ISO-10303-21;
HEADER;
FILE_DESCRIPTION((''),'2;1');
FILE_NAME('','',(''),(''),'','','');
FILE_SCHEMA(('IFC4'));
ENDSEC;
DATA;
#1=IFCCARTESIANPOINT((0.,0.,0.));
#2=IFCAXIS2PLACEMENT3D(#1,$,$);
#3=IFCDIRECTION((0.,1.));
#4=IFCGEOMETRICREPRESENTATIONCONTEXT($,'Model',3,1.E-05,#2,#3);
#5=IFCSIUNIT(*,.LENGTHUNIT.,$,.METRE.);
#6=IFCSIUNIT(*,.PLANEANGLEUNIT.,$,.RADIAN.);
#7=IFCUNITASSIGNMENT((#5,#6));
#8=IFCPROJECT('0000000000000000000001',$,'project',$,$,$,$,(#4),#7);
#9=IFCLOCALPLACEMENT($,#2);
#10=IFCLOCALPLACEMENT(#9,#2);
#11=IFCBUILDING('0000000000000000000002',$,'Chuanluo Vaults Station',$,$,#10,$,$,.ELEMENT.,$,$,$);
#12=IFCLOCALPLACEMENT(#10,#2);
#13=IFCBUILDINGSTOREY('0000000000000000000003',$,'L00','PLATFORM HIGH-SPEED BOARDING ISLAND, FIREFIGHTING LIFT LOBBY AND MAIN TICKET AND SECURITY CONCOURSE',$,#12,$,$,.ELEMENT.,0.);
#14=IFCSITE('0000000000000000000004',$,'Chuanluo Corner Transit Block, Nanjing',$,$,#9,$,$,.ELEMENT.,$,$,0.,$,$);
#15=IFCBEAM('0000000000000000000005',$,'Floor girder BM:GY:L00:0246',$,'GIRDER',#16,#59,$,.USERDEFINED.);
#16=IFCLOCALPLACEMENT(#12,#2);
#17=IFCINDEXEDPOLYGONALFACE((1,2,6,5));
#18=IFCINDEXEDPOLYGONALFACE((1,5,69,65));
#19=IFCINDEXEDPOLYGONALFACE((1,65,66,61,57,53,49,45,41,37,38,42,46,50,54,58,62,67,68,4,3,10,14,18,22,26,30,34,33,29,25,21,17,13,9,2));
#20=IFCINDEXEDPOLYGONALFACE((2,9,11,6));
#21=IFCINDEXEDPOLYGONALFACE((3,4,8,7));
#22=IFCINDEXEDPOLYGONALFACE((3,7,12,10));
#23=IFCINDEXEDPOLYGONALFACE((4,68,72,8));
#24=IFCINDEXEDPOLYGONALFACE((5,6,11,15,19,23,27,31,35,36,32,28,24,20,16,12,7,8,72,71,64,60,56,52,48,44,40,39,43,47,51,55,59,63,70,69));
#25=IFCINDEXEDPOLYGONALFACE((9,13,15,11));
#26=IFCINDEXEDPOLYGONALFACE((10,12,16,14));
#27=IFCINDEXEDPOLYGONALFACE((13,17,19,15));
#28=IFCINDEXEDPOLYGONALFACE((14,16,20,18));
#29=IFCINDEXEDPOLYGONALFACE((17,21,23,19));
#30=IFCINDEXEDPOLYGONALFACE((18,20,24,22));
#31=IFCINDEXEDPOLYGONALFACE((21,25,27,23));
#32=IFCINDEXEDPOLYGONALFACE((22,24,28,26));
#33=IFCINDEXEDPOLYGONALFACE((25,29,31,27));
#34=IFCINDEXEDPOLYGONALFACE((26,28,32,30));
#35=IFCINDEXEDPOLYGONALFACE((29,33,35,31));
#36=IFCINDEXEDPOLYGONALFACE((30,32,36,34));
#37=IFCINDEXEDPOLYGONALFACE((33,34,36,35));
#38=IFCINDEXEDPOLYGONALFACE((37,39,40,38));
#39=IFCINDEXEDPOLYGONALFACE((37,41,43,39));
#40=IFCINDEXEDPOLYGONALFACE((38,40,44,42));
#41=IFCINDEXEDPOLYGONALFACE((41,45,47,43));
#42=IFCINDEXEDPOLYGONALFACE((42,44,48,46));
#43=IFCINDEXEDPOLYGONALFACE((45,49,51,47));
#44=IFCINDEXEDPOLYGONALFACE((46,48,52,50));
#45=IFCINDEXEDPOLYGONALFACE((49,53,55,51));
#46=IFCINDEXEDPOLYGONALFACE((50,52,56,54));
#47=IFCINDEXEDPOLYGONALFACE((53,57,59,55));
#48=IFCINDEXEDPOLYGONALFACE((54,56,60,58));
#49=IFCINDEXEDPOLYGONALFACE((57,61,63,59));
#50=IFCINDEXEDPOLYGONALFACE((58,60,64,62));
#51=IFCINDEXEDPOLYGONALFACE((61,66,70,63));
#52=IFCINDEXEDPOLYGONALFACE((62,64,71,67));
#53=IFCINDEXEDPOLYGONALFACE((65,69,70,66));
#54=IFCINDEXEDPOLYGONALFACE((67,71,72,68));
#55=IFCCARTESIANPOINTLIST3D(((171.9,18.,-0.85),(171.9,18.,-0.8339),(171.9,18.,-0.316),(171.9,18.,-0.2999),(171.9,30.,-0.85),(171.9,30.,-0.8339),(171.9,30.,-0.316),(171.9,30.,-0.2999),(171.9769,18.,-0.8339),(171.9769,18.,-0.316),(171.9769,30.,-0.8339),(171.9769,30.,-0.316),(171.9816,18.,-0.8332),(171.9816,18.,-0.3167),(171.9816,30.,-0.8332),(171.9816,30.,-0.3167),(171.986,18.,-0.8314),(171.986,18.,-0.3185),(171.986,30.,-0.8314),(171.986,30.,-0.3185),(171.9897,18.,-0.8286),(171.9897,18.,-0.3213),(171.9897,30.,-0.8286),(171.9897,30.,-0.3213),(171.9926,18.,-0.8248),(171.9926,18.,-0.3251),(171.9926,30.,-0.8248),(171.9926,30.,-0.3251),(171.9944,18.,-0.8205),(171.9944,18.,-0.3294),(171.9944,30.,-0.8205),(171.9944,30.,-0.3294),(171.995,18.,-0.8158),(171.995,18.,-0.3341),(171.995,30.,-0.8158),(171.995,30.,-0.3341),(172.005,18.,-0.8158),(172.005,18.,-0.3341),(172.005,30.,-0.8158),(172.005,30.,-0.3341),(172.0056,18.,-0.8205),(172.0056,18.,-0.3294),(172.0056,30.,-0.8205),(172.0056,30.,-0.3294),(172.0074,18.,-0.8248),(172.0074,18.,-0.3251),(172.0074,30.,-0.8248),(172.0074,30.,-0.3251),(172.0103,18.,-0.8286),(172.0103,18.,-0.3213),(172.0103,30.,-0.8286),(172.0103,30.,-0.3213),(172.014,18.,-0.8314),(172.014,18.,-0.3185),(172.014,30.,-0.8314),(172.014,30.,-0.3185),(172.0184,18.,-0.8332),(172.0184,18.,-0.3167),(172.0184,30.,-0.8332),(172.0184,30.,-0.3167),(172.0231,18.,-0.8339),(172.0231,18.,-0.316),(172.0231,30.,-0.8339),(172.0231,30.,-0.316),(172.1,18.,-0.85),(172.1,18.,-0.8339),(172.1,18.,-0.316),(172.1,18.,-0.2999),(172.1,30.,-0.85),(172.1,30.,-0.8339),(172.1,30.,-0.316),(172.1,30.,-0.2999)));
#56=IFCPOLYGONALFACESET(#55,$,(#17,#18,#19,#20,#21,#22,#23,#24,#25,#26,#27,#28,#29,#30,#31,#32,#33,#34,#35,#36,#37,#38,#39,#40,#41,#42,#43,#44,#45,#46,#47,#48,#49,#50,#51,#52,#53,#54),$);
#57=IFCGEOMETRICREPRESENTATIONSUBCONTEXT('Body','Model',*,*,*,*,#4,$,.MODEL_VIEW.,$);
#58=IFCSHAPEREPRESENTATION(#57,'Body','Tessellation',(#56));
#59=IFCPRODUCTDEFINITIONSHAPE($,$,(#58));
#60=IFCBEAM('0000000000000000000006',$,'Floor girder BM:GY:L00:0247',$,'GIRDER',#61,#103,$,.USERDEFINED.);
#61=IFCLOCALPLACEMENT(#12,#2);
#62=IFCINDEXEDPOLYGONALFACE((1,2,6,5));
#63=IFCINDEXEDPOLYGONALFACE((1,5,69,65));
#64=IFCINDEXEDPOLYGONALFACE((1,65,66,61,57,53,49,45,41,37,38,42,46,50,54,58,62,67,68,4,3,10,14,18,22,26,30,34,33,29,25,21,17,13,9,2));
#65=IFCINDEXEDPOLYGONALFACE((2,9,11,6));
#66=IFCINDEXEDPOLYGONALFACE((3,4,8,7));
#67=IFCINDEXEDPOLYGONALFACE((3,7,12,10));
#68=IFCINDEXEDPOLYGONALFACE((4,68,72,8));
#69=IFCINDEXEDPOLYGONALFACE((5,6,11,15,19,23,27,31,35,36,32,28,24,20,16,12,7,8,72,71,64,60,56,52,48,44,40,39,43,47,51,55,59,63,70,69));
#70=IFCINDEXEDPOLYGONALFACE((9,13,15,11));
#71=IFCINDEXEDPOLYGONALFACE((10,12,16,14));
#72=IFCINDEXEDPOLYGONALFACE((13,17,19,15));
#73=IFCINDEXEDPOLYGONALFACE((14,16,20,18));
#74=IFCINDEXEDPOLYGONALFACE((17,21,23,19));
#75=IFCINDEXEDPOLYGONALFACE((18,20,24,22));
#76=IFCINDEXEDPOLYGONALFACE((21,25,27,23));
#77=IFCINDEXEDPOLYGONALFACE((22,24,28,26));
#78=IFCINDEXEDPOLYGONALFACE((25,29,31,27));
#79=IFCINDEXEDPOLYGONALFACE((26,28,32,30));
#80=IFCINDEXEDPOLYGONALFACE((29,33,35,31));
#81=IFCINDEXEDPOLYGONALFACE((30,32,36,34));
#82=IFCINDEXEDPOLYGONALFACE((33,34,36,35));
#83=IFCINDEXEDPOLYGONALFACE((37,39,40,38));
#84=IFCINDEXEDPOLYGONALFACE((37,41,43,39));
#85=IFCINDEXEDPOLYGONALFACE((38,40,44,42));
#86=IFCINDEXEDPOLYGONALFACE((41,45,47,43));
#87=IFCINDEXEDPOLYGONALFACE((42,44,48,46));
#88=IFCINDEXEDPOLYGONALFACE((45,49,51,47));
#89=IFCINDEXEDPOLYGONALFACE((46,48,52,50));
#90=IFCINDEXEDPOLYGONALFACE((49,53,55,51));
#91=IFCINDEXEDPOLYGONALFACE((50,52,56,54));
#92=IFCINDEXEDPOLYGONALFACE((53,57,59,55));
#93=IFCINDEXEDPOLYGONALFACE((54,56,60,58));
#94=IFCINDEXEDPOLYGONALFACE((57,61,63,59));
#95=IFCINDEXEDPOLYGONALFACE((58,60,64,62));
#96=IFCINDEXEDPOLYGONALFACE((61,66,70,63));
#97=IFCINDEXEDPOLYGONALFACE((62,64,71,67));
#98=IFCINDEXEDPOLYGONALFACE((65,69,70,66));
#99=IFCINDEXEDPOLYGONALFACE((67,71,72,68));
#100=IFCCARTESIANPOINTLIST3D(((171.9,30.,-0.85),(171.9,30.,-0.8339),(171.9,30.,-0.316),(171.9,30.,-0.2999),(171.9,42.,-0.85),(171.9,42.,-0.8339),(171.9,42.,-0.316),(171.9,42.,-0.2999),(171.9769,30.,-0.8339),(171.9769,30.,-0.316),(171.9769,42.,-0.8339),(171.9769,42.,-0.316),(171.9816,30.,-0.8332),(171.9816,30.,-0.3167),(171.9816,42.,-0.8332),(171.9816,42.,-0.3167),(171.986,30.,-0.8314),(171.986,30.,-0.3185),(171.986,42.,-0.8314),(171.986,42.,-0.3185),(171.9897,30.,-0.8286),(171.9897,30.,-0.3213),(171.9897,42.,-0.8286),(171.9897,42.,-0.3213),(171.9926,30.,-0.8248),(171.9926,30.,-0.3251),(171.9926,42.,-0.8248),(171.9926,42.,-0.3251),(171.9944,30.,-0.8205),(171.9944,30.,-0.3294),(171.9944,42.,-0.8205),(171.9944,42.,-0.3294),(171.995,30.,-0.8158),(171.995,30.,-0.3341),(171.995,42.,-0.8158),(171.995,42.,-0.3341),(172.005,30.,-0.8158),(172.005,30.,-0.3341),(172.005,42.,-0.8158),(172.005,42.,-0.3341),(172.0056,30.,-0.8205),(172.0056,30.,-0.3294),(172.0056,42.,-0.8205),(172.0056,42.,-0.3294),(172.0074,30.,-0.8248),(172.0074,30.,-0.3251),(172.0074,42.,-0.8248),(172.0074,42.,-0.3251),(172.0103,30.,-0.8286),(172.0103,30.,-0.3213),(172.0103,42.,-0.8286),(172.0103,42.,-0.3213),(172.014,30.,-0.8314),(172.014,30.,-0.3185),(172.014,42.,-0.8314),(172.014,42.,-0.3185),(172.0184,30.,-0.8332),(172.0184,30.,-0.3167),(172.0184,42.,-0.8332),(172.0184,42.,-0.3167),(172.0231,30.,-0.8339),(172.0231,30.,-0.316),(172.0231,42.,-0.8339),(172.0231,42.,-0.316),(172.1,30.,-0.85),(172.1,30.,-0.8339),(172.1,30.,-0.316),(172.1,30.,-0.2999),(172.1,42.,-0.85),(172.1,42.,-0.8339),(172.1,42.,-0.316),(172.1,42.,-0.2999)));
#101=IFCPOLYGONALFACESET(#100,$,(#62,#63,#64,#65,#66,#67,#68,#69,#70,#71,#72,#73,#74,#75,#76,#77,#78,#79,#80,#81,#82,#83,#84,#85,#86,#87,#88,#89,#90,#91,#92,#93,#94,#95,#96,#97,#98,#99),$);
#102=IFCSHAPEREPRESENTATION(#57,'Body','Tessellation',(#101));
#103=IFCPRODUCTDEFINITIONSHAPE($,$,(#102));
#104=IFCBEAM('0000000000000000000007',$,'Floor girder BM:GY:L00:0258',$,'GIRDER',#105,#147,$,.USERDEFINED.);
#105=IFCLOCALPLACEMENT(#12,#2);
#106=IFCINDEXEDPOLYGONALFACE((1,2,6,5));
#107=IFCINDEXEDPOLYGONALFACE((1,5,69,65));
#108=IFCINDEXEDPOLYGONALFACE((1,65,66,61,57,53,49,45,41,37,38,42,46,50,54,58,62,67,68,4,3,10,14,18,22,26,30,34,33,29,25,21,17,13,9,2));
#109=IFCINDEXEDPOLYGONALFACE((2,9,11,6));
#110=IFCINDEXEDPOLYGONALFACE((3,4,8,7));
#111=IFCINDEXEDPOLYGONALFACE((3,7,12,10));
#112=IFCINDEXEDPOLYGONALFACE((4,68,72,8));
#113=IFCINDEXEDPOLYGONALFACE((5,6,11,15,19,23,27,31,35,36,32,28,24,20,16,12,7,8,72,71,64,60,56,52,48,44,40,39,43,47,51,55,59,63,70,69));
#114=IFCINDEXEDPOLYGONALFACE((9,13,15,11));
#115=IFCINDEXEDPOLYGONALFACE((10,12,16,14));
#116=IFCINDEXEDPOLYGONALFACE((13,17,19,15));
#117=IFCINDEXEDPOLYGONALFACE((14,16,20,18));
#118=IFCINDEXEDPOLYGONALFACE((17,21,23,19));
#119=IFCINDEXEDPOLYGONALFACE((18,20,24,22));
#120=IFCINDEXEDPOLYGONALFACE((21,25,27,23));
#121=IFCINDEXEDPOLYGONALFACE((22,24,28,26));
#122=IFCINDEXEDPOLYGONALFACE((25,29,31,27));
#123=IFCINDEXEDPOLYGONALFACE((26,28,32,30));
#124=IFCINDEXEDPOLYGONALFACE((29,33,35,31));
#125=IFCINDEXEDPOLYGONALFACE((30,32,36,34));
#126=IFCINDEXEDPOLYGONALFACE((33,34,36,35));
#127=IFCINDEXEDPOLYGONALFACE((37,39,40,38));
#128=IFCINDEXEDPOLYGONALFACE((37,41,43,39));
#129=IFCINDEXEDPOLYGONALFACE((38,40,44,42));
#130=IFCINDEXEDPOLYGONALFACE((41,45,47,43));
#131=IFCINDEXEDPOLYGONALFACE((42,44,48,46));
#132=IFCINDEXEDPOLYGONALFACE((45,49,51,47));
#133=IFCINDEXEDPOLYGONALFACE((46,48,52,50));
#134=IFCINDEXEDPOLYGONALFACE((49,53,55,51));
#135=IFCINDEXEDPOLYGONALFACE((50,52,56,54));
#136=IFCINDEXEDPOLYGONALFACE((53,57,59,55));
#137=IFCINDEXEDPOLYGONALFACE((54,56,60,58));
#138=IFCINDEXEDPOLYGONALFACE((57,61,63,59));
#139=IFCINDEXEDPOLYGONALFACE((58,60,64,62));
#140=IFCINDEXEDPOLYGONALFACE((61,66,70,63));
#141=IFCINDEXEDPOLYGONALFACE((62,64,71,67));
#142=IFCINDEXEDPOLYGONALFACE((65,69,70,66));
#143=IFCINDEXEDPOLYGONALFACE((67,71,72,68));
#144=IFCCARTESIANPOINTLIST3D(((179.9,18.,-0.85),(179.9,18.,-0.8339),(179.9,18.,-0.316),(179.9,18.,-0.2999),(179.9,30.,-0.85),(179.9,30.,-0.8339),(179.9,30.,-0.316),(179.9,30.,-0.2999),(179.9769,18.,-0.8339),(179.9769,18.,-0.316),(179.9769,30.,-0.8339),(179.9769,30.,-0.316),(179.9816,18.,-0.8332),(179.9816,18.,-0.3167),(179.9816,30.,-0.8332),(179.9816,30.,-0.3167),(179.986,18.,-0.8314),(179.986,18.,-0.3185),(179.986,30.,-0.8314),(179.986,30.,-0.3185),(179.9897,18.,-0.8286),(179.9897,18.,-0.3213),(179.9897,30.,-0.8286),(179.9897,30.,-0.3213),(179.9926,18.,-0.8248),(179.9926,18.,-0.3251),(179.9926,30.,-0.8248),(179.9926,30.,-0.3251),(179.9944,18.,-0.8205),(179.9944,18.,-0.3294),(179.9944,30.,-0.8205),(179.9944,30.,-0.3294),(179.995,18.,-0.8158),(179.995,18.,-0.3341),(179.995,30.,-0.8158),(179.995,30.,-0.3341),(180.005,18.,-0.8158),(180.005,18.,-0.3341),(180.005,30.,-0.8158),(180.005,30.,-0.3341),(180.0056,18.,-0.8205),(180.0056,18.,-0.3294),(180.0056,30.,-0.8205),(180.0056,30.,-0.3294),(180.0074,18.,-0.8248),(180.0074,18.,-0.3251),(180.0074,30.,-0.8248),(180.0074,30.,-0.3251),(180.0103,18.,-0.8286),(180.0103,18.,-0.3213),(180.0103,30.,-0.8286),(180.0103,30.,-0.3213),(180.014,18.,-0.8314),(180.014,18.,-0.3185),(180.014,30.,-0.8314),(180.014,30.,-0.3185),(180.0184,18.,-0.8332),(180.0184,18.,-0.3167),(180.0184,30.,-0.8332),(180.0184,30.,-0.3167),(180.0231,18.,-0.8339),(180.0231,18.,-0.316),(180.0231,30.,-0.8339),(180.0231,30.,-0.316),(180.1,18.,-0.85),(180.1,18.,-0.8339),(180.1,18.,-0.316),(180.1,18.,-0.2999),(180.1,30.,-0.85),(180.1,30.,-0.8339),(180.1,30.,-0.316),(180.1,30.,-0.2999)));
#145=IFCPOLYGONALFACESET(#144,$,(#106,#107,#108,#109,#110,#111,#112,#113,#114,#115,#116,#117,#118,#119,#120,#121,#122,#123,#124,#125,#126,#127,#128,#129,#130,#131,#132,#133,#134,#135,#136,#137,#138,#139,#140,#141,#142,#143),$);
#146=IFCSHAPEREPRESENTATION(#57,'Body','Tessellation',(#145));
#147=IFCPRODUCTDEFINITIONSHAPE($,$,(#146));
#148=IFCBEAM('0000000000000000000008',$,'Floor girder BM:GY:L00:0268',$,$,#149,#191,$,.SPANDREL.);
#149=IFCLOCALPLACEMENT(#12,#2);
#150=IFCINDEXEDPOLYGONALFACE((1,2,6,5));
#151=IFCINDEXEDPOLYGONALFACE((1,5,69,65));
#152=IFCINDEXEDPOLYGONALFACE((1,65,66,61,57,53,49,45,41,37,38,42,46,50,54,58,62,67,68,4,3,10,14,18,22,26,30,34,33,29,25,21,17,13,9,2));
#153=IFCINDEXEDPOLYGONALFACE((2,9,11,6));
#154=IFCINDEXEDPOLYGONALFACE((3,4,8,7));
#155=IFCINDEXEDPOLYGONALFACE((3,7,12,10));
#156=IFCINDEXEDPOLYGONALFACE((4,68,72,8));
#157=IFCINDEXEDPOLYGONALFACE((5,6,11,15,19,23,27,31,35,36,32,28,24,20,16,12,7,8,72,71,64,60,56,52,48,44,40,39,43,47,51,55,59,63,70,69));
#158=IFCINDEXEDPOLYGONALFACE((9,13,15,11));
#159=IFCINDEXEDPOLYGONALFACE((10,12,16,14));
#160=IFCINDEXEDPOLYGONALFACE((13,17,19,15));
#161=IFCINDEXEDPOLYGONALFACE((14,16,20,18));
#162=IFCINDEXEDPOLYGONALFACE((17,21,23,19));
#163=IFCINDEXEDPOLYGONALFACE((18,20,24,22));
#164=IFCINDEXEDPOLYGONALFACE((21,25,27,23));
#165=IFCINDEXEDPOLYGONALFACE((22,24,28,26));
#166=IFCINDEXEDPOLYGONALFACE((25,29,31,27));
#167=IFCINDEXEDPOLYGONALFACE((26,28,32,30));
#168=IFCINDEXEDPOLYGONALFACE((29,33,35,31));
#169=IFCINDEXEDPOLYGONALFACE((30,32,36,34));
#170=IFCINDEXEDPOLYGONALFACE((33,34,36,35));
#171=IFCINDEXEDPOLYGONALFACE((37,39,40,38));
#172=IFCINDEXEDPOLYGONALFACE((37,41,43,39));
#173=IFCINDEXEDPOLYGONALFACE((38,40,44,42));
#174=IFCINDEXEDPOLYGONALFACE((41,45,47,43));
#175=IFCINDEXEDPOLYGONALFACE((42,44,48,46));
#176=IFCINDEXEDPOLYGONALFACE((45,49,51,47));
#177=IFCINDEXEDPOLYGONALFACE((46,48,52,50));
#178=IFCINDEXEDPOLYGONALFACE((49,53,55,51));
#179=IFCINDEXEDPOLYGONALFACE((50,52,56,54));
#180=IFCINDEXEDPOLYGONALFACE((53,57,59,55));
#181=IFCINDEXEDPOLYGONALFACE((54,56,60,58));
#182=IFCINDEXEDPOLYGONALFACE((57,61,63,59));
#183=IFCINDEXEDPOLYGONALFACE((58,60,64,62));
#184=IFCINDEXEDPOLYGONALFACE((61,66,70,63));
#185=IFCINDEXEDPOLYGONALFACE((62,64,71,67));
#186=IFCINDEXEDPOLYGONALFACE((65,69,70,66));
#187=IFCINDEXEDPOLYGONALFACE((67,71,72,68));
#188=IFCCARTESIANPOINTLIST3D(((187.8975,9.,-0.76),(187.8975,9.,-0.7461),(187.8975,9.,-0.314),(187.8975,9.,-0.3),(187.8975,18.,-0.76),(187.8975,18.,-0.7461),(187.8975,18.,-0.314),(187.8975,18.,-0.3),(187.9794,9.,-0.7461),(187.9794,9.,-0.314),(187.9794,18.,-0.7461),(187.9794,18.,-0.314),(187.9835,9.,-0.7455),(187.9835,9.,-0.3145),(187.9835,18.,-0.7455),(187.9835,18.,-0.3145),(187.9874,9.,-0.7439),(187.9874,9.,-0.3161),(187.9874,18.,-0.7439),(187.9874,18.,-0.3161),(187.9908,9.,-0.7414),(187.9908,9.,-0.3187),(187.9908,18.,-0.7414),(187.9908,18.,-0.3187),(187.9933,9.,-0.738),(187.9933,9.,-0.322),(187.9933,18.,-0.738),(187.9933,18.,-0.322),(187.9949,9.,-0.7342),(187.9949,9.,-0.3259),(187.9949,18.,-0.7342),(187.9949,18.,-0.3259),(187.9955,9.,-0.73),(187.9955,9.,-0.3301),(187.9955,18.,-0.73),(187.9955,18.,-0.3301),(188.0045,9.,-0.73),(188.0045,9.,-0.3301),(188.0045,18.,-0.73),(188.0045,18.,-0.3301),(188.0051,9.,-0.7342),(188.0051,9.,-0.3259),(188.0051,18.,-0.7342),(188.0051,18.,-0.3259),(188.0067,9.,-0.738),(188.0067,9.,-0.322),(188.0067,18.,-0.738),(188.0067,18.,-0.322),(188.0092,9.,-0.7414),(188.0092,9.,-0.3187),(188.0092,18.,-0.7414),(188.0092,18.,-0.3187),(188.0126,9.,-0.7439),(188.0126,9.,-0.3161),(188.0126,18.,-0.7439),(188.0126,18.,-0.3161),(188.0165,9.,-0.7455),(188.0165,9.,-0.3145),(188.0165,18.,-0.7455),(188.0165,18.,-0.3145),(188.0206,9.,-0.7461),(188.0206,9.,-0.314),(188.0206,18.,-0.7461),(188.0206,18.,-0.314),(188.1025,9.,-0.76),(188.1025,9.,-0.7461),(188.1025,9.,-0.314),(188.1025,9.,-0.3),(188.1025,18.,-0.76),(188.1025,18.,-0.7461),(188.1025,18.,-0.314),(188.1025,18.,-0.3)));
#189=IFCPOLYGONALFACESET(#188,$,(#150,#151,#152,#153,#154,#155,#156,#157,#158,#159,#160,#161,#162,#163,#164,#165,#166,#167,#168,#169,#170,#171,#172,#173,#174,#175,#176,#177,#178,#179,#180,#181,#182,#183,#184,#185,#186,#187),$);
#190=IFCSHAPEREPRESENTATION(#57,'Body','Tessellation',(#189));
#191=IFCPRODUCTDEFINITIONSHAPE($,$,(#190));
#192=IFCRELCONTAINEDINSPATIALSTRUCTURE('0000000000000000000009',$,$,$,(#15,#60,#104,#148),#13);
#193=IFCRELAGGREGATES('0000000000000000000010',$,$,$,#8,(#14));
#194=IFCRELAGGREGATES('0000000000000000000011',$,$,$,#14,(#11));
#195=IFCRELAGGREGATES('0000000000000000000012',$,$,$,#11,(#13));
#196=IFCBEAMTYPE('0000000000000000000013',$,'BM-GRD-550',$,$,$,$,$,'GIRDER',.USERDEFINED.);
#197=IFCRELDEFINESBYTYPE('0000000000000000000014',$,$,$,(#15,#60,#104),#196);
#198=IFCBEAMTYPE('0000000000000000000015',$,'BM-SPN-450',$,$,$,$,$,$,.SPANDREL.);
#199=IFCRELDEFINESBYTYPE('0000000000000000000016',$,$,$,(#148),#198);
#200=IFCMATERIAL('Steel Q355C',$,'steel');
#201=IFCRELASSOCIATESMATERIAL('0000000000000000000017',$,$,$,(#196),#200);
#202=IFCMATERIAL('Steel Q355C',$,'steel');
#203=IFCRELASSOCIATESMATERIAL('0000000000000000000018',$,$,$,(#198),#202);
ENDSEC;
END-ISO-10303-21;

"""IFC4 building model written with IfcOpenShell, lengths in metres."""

from ifc_helpers import new_model, si_unit, direction, frame, origin, origin_2d, place, context, subcontext, project, spatial, i_section, extrude, material, material_profile, profile_set, type_object, element, save


model = new_model("IFC4")

# Units and contexts
model_context = context("Model", 3, precision=1e-05, world=origin(), true_north=direction((0.0, 1.0)))
body_context = subcontext(model_context, "Body", "Model", "MODEL_VIEW")
ifc_project = project(units=[si_unit("LENGTHUNIT", "METRE"), si_unit("PLANEANGLEUNIT", "RADIAN")], contexts=[model_context])

# Site, building, storey
site_placement = place(None, origin())
site = spatial("IfcSite", under=ifc_project, at=site_placement, Name="Chuanluo Corner Transit Block, Nanjing", CompositionType="ELEMENT", RefElevation=0.0)
building_placement = place(site_placement, origin())
building = spatial("IfcBuilding", under=site, at=building_placement, Name="Chuanluo Vaults Station", CompositionType="ELEMENT")
storey_placement = place(building_placement, origin())
storey = spatial("IfcBuildingStorey", under=building, at=storey_placement, Name="L00", Description="PLATFORM HIGH-SPEED BOARDING ISLAND, FIREFIGHTING LIFT LOBBY AND MAIN TICKET AND SECURITY CONCOURSE", CompositionType="ELEMENT", Elevation=0.0)

# Beams
ifc_material_1 = material(Name="Steel Q355C", Category="steel")
ifc_material_profile_1 = material_profile(ifc_material_1, i_section(OverallWidth=0.2, OverallDepth=0.55, WebThickness=0.01, FlangeThickness=0.0161, FilletRadius=0.0181, at=origin_2d()))
ifc_profile_set_1 = profile_set([ifc_material_profile_1], Name="Steel Q355C")
beam_type_1 = type_object("IfcBeamType", Name="BM-GRD-550", ElementType="GIRDER", PredefinedType="USERDEFINED", material=ifc_profile_set_1)
for number, where, z_axis, x_axis, name in (
    (1, (172.0, 18.0, -0.575), (0.0, 1.0, 0.0), (-1.0, 0.0, 0.0), "Floor girder BM:GY:L00:0246"),
    (2, (172.0, 30.0, -0.575), (0.0, 1.0, 0.0), (-1.0, 0.0, 0.0), "Floor girder BM:GY:L00:0247"),
    (3, (180.0, 18.0, -0.575), (0.0, 1.0, 0.0), (-1.0, 0.0, 0.0), "Floor girder BM:GY:L00:0258"),
):
    element("IfcBeam", number, at=place(storey_placement, frame(where, z_axis=z_axis, x_axis=x_axis)), inside=storey, type_object=beam_type_1, Name=name, ObjectType="GIRDER", PredefinedType="USERDEFINED", context=body_context, shape_type="SweptSolid", body=[
        extrude(i_section(OverallWidth=0.2, OverallDepth=0.55, WebThickness=0.01, FlangeThickness=0.0161, FilletRadius=0.0181, at=origin_2d()), origin(), (0.0, 0.0, 1.0), 12.0),
    ])
ifc_material_2 = material(Name="Steel Q355C", Category="steel")
ifc_material_profile_2 = material_profile(ifc_material_2, i_section(OverallWidth=0.2051, OverallDepth=0.46, WebThickness=0.009, FlangeThickness=0.0139, FilletRadius=0.0161, at=origin_2d()))
ifc_profile_set_2 = profile_set([ifc_material_profile_2], Name="Steel Q355C")
beam_type_2 = type_object("IfcBeamType", Name="BM-SPN-450", PredefinedType="SPANDREL", material=ifc_profile_set_2)
beam_1_placement = place(storey_placement, frame((188.0, 9.0, -0.53), z_axis=(0.0, 1.0, 0.0), x_axis=(-1.0, 0.0, 0.0)))
element("IfcBeam", 4, at=beam_1_placement, inside=storey, type_object=beam_type_2, Name="Floor girder BM:GY:L00:0268", PredefinedType="SPANDREL", context=body_context, shape_type="SweptSolid", body=[
    extrude(i_section(OverallWidth=0.2051, OverallDepth=0.46, WebThickness=0.009, FlangeThickness=0.0139, FilletRadius=0.0161, at=origin_2d()), origin(), (0.0, 0.0, 1.0), 9.0),
])

save(model, "model.ifc")
